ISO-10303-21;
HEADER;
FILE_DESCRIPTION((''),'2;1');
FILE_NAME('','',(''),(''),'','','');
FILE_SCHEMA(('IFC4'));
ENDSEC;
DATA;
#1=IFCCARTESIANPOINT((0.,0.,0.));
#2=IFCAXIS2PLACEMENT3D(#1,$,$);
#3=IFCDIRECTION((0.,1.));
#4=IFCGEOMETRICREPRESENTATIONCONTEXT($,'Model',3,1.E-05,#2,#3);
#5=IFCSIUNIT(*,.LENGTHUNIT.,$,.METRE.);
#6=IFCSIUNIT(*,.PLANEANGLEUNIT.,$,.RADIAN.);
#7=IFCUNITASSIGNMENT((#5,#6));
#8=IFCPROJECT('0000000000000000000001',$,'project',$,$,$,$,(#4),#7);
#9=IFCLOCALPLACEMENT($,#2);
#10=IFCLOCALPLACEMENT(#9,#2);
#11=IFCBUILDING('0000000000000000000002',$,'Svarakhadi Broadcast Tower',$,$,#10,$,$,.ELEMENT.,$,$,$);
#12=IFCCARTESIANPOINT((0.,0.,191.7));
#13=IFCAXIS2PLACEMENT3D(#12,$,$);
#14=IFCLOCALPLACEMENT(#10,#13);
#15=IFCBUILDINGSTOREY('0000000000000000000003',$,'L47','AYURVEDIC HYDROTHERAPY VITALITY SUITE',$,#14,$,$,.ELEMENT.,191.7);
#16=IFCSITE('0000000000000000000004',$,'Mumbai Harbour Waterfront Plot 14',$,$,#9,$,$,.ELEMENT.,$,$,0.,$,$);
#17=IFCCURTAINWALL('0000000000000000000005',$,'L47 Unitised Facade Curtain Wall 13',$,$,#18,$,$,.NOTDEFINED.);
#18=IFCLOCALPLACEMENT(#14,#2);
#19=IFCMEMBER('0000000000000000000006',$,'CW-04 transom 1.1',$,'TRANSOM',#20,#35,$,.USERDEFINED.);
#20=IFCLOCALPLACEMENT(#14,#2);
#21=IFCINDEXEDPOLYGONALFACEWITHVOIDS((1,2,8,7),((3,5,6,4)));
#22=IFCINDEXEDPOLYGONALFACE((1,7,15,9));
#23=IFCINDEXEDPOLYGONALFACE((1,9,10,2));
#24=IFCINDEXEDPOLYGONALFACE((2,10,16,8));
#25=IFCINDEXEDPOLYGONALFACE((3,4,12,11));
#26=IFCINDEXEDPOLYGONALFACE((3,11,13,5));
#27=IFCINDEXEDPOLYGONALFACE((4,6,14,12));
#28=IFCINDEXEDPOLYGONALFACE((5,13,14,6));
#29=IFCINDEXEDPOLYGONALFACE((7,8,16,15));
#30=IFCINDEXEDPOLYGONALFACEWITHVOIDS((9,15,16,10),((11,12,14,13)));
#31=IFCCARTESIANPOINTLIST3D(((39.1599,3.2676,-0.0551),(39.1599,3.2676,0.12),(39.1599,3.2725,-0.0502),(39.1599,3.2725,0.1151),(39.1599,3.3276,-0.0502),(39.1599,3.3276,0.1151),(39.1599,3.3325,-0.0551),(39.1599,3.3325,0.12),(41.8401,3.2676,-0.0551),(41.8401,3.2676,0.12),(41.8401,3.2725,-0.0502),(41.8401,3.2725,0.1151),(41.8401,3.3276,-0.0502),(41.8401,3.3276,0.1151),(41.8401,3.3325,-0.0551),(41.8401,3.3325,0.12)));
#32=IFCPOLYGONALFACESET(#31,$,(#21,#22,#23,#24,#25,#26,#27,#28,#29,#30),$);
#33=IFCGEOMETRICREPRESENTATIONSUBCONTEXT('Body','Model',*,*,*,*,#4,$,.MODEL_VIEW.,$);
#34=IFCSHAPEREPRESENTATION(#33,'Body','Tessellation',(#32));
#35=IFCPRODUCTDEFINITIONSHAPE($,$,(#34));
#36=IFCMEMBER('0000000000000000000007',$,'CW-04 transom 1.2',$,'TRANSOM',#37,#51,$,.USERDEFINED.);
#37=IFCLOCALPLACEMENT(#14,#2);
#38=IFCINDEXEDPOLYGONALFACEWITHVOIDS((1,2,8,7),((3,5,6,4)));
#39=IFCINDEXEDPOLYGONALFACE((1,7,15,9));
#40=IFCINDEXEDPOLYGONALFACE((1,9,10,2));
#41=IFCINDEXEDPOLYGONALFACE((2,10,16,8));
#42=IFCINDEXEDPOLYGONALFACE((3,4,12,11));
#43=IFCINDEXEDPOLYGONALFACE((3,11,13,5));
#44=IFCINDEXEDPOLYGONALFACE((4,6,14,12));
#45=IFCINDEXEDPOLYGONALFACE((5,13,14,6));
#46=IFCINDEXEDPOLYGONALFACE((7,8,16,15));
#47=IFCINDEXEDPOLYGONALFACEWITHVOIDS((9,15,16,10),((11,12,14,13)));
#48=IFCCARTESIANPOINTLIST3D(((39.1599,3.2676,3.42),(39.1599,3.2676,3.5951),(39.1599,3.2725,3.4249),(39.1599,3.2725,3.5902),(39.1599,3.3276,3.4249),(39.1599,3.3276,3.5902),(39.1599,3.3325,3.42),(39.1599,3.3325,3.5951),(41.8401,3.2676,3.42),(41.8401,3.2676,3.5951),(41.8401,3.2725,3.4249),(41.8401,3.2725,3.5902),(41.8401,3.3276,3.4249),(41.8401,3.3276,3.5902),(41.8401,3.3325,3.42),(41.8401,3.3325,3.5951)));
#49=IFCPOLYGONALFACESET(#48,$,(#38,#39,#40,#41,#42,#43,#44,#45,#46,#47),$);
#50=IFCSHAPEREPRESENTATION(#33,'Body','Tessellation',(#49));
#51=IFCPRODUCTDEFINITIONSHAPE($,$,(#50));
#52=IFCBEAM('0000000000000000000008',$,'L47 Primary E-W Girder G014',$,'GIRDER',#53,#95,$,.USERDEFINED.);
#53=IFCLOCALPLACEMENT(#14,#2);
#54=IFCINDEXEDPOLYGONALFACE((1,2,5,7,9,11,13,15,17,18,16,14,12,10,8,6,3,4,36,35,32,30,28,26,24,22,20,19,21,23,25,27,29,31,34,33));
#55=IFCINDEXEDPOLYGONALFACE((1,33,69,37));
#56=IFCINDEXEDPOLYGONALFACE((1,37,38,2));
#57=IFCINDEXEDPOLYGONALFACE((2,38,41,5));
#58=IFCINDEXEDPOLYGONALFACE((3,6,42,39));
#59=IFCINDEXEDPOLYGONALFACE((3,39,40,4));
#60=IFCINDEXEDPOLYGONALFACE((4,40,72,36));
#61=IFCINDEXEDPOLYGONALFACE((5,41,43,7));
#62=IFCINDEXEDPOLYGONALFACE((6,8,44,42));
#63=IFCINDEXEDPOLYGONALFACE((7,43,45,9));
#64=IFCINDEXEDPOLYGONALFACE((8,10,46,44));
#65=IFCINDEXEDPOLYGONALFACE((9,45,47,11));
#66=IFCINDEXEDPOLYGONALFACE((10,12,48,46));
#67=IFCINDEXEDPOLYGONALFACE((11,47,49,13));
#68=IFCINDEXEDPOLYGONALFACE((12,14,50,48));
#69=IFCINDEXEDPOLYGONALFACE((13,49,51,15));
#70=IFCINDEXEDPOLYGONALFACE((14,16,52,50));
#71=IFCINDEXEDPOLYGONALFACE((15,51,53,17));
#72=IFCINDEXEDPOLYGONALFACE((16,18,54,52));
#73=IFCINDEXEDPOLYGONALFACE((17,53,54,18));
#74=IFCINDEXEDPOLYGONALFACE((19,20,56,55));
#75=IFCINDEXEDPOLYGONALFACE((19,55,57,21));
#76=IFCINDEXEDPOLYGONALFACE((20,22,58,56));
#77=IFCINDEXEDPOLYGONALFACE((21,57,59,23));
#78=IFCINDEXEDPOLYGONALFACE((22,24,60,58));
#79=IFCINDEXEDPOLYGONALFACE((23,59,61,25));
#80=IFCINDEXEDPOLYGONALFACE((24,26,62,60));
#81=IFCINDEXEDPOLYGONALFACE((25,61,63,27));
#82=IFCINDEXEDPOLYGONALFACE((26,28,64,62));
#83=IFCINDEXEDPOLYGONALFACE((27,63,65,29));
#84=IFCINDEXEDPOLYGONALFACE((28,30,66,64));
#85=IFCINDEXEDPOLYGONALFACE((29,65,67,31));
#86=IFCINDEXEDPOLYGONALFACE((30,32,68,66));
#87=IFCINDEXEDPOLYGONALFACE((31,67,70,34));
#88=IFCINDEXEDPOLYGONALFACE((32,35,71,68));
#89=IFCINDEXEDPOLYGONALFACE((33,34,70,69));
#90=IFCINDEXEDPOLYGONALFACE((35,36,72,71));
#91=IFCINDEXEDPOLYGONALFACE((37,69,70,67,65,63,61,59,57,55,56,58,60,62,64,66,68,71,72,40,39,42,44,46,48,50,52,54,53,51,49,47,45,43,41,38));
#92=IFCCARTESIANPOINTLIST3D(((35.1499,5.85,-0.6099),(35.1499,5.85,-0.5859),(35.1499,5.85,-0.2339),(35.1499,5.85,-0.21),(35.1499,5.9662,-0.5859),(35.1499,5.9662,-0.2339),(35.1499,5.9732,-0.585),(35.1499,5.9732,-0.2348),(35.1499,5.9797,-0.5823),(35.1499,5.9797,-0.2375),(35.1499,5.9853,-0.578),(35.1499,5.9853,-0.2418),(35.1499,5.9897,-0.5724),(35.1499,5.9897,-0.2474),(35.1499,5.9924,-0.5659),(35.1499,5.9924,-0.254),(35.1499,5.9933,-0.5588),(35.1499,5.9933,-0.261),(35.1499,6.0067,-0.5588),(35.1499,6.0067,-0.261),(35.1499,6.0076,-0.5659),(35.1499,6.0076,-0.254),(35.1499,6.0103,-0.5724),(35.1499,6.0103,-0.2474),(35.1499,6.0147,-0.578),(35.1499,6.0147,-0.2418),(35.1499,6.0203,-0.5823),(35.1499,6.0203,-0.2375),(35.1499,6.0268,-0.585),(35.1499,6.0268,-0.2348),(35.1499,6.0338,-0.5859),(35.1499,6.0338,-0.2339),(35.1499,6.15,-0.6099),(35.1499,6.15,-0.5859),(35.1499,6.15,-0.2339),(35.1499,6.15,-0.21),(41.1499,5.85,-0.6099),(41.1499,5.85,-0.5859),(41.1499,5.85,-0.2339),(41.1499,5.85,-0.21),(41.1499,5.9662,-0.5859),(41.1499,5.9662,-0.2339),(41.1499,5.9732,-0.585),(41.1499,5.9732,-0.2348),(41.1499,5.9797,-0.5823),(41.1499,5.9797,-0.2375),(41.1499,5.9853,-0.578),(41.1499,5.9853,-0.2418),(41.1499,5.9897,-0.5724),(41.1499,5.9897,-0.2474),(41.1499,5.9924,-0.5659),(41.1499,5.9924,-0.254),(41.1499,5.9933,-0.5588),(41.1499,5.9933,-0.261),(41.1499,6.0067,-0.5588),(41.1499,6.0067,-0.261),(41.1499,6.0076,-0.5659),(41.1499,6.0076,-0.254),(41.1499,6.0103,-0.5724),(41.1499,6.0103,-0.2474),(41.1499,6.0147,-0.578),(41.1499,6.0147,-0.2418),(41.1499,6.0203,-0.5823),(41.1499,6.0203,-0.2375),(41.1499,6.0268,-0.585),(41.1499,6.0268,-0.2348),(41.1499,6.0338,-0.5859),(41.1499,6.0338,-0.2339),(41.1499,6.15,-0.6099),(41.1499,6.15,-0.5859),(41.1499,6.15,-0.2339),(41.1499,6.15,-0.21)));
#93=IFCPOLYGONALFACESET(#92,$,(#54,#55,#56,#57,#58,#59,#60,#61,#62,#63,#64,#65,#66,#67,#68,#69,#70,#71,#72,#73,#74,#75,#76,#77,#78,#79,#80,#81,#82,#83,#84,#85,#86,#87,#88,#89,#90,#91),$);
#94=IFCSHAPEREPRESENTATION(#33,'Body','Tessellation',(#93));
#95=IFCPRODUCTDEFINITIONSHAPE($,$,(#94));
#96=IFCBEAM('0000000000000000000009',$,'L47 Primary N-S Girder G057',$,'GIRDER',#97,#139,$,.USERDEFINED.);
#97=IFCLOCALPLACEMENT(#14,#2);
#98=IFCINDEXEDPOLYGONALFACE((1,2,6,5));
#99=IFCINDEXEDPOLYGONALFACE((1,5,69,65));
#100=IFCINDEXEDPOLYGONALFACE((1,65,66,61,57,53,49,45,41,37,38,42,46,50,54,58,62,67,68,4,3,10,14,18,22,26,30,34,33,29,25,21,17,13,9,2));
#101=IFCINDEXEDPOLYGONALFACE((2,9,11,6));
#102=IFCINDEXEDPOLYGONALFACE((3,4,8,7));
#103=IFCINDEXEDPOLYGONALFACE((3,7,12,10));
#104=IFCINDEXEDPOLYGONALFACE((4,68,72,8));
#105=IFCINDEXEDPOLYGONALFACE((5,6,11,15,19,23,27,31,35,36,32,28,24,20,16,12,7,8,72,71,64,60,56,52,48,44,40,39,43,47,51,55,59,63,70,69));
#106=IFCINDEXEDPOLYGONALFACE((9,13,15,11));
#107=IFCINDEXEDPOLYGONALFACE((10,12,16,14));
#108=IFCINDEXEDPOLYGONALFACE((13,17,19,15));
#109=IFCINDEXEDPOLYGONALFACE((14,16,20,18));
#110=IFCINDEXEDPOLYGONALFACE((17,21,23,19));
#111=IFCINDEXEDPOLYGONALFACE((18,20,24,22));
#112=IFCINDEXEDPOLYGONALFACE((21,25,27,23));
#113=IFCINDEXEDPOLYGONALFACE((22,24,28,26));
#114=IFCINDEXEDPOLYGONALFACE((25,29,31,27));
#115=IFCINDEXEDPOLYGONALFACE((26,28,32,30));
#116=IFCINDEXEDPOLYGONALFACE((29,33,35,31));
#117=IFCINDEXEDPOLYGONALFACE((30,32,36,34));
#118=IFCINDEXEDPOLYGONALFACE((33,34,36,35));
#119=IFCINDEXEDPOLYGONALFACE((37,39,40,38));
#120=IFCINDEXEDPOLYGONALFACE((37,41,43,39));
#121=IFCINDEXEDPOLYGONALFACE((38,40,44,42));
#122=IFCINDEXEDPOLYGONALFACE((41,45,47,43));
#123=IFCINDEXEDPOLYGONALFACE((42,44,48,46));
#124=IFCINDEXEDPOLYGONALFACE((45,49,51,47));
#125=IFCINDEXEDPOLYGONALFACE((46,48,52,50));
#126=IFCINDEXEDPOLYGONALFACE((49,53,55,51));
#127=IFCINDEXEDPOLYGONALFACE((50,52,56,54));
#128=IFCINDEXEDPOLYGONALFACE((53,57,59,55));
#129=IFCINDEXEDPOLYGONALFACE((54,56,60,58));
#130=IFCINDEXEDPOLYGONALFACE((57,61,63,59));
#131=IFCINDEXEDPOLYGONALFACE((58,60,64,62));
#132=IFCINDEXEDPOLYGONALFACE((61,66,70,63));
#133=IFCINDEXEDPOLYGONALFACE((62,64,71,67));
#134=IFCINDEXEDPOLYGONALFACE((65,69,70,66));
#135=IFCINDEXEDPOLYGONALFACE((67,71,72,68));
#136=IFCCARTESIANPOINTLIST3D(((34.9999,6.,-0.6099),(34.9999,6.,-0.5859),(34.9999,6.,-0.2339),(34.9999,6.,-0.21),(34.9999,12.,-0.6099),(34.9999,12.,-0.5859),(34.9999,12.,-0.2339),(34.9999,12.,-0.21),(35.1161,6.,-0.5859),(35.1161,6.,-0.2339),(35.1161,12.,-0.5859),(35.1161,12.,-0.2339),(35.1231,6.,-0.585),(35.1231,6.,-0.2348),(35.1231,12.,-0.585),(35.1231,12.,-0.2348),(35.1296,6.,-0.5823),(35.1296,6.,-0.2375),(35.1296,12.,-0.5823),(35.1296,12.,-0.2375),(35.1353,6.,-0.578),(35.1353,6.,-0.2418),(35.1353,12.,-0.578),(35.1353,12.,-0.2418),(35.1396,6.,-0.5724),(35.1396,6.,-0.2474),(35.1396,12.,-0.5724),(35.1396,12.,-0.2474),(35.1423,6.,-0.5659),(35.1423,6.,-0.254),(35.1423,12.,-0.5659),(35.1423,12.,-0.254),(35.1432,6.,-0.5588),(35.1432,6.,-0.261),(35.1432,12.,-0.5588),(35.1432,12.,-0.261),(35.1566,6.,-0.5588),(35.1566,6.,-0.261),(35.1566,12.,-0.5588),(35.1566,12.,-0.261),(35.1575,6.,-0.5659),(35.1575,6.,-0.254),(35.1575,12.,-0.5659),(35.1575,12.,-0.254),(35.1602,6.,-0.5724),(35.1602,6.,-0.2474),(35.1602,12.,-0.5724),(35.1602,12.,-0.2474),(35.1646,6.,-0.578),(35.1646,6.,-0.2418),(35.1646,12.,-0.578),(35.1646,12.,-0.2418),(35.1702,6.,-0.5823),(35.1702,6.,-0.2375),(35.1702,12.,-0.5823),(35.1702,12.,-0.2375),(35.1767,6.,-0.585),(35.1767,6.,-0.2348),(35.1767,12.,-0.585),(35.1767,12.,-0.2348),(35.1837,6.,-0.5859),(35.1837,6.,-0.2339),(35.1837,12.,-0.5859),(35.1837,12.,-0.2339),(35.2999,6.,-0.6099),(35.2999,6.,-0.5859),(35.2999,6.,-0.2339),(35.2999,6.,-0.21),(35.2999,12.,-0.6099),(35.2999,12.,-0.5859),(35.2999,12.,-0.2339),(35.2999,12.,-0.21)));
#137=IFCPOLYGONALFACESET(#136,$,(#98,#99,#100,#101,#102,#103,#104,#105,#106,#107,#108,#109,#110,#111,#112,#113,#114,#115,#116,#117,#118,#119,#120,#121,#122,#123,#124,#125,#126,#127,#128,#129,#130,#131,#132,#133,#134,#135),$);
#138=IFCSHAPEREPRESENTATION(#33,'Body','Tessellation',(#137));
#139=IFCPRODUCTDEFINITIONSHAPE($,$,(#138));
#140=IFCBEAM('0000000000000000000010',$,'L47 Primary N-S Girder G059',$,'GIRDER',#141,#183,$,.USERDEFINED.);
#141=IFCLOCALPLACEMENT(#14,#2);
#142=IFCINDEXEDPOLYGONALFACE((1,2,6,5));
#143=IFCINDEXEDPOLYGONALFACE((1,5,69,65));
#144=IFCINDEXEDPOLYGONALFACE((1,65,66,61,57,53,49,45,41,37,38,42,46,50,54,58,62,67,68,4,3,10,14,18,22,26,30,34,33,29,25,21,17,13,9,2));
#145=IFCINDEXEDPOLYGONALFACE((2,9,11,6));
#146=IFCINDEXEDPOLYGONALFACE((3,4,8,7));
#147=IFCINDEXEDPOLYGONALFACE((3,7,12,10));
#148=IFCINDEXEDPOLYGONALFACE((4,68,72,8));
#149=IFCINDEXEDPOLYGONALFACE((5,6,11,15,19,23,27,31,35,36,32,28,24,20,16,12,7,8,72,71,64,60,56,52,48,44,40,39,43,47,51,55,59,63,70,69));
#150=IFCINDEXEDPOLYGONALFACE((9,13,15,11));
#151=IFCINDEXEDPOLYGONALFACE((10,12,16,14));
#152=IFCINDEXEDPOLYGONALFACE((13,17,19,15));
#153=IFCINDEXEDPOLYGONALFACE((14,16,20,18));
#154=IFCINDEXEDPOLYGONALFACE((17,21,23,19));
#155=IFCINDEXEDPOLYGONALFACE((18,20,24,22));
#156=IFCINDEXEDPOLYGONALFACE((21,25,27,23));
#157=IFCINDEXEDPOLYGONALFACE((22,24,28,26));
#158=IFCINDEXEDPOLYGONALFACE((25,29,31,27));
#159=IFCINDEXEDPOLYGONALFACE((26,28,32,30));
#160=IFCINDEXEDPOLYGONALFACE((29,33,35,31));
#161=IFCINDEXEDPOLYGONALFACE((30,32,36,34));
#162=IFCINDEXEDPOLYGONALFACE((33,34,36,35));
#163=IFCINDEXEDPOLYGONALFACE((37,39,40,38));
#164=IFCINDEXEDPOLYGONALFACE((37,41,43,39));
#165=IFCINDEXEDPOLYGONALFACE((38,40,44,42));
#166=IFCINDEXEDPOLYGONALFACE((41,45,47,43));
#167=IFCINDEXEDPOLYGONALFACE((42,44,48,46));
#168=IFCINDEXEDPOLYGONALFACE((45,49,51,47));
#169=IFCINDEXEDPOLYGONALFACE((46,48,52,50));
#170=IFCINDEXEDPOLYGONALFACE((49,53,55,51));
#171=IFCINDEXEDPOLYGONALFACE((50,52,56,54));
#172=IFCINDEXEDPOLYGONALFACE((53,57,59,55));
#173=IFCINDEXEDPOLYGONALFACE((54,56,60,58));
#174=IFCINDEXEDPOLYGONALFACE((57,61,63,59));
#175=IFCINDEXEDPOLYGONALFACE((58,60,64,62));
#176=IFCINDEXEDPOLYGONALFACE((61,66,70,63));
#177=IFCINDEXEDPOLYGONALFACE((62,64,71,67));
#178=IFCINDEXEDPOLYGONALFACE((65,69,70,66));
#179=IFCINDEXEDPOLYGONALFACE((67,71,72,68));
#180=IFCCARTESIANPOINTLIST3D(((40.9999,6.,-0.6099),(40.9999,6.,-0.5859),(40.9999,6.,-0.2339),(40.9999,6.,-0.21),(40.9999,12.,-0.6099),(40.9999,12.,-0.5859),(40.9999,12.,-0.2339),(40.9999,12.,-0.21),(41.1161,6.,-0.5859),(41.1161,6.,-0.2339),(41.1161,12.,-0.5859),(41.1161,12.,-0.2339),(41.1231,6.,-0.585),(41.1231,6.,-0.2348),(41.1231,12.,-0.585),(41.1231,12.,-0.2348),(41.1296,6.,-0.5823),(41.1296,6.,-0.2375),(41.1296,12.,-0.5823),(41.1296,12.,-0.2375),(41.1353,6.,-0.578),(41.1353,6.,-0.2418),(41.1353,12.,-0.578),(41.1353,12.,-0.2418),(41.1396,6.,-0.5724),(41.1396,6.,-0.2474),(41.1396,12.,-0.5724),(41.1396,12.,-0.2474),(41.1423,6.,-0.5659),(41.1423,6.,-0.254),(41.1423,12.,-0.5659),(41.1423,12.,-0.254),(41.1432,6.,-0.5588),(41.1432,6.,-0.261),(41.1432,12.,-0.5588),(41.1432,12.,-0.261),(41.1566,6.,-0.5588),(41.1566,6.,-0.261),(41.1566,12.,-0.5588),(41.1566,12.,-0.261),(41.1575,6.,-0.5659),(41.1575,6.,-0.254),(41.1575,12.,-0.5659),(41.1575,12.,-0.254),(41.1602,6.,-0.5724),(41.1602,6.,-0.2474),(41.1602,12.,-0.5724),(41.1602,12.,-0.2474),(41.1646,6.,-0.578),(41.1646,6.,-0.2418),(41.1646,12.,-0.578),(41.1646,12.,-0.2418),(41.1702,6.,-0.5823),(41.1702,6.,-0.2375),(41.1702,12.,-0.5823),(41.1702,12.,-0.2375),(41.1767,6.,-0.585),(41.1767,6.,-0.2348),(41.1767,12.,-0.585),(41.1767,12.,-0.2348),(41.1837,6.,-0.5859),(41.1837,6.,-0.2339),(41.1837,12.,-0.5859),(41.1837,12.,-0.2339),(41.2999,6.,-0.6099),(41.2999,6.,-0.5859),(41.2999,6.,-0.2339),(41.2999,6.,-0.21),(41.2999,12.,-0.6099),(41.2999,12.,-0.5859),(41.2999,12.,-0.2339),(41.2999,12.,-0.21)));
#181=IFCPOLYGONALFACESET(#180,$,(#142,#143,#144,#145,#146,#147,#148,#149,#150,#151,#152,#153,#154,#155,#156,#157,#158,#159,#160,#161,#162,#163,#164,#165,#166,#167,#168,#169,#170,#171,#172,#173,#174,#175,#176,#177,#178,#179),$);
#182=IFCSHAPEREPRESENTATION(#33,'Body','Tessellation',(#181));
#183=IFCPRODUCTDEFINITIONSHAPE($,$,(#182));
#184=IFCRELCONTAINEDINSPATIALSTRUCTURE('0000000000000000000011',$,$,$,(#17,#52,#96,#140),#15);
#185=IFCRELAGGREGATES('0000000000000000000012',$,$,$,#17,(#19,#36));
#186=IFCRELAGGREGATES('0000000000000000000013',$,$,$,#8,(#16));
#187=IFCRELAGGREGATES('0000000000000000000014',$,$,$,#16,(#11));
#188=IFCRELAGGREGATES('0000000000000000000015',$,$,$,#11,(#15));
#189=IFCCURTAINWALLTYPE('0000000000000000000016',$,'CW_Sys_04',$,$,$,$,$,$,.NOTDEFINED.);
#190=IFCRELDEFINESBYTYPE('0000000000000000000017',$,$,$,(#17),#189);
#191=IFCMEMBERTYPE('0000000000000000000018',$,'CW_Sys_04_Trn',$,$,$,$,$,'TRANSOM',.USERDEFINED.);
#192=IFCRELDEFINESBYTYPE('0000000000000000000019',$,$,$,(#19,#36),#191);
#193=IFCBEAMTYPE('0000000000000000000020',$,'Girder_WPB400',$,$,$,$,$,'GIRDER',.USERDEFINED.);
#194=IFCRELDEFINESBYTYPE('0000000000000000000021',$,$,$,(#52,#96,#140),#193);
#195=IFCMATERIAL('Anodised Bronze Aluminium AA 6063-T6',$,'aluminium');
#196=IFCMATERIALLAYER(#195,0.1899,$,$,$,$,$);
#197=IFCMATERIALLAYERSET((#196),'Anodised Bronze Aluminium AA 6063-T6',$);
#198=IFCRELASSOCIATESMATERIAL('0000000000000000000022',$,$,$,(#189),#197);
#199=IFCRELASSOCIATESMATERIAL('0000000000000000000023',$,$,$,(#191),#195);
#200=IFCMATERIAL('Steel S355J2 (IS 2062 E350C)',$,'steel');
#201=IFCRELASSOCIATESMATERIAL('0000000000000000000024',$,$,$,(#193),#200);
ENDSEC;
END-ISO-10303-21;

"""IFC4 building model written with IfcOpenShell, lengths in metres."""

from ifc_helpers import new_model, si_unit, direction, frame, origin, origin_2d, place, context, subcontext, project, spatial, hollow_rectangle, i_section, extrude, material, layer, layer_set, material_profile, profile_set, type_object, element, aggregate, save


model = new_model("IFC4")

# Units and contexts
model_context = context("Model", 3, precision=1e-05, world=origin(), true_north=direction((0.0, 1.0)))
body_context = subcontext(model_context, "Body", "Model", "MODEL_VIEW")
ifc_project = project(units=[si_unit("LENGTHUNIT", "METRE"), si_unit("PLANEANGLEUNIT", "RADIAN")], contexts=[model_context])

# Site, building, storey
site_placement = place(None, origin())
site = spatial("IfcSite", under=ifc_project, at=site_placement, Name="Mumbai Harbour Waterfront Plot 14", CompositionType="ELEMENT", RefElevation=0.0)
building_placement = place(site_placement, origin())
building = spatial("IfcBuilding", under=site, at=building_placement, Name="Svarakhadi Broadcast Tower", CompositionType="ELEMENT")
storey_placement = place(building_placement, frame((0.0, 0.0, 191.7)))
storey = spatial("IfcBuildingStorey", under=building, at=storey_placement, Name="L47", Description="AYURVEDIC HYDROTHERAPY VITALITY SUITE", CompositionType="ELEMENT", Elevation=191.7)

# Shared definitions
ifc_material_1 = material(Name="Steel S355J2 (IS 2062 E350C)", Category="steel")

# Curtain wall, members
ifc_material_2 = material(Name="Anodised Bronze Aluminium AA 6063-T6", Category="aluminium")
ifc_layer_1 = layer(ifc_material_2, 0.1899)
ifc_layer_set_1 = layer_set([ifc_layer_1], Name="Anodised Bronze Aluminium AA 6063-T6")
curtain_wall_type = type_object("IfcCurtainWallType", Name="CW_Sys_04", PredefinedType="NOTDEFINED", material=ifc_layer_set_1)
curtain_wall_placement = place(storey_placement, origin())
curtain_wall = element("IfcCurtainWall", 1, at=curtain_wall_placement, inside=storey, type_object=curtain_wall_type, Name="L47 Unitised Facade Curtain Wall 13", PredefinedType="NOTDEFINED")
ifc_material_profile_1 = material_profile(ifc_material_2, hollow_rectangle(XDim=0.0649, YDim=0.175, WallThickness=0.0049, at=origin_2d()), Name="ALU TRANSOM 175x65x5")
ifc_profile_set_1 = profile_set([ifc_material_profile_1], Name="Anodised Bronze Aluminium AA 6063-T6")
member_type_1 = type_object("IfcMemberType", Name="CW_Sys_04_Trn", ElementType="TRANSOM", PredefinedType="USERDEFINED", material=ifc_profile_set_1)
member_1_placement = place(storey_placement, frame((41.8401, 3.3, 0.0325), z_axis=(-1.0, 0.0, 0.0), x_axis=(0.0, -1.0, 0.0)))
member_1 = element("IfcMember", 2, at=member_1_placement, type_object=member_type_1, Name="CW-04 transom 1.1", ObjectType="TRANSOM", PredefinedType="USERDEFINED", context=body_context, shape_type="SweptSolid", body=[
    extrude(hollow_rectangle(XDim=0.0649, YDim=0.175, WallThickness=0.0049, at=origin_2d()), origin(), (0.0, 0.0, 1.0), 2.6802),
])
member_2_placement = place(storey_placement, frame((41.8401, 3.3, 3.5076), z_axis=(-1.0, 0.0, 0.0), x_axis=(0.0, -1.0, 0.0)))
member_2 = element("IfcMember", 3, at=member_2_placement, type_object=member_type_1, Name="CW-04 transom 1.2", ObjectType="TRANSOM", PredefinedType="USERDEFINED", context=body_context, shape_type="SweptSolid", body=[
    extrude(hollow_rectangle(XDim=0.0649, YDim=0.175, WallThickness=0.0049, at=origin_2d()), origin(), (0.0, 0.0, 1.0), 2.6802),
])

# Beams
ifc_material_profile_2 = material_profile(ifc_material_1, i_section(OverallWidth=0.3, OverallDepth=0.3999, WebThickness=0.0134, FlangeThickness=0.0239, FilletRadius=0.0271, at=origin_2d()), Name="WPB 400x300x155")
ifc_profile_set_2 = profile_set([ifc_material_profile_2], Name="Steel S355J2 (IS 2062 E350C)")
beam_type_1 = type_object("IfcBeamType", Name="Girder_WPB400", ElementType="GIRDER", PredefinedType="USERDEFINED", material=ifc_profile_set_2)
for number, where, z_axis, x_axis, name in (
    (4, (35.1499, 6.0, -0.4099), (1.0, 0.0, 0.0), (0.0, 1.0, 0.0), "L47 Primary E-W Girder G014"),
    (5, (35.1499, 6.0, -0.4099), (0.0, 1.0, 0.0), (-1.0, 0.0, 0.0), "L47 Primary N-S Girder G057"),
    (6, (41.1499, 6.0, -0.4099), (0.0, 1.0, 0.0), (-1.0, 0.0, 0.0), "L47 Primary N-S Girder G059"),
):
    element("IfcBeam", number, at=place(storey_placement, frame(where, z_axis=z_axis, x_axis=x_axis)), inside=storey, type_object=beam_type_1, Name=name, ObjectType="GIRDER", PredefinedType="USERDEFINED", context=body_context, shape_type="SweptSolid", body=[
        extrude(i_section(OverallWidth=0.3, OverallDepth=0.3999, WebThickness=0.0134, FlangeThickness=0.0239, FilletRadius=0.0271, at=origin_2d()), origin(), (0.0, 0.0, 1.0), 6.0),
    ])

aggregate(curtain_wall, [member_1, member_2])

save(model, "model.ifc")
